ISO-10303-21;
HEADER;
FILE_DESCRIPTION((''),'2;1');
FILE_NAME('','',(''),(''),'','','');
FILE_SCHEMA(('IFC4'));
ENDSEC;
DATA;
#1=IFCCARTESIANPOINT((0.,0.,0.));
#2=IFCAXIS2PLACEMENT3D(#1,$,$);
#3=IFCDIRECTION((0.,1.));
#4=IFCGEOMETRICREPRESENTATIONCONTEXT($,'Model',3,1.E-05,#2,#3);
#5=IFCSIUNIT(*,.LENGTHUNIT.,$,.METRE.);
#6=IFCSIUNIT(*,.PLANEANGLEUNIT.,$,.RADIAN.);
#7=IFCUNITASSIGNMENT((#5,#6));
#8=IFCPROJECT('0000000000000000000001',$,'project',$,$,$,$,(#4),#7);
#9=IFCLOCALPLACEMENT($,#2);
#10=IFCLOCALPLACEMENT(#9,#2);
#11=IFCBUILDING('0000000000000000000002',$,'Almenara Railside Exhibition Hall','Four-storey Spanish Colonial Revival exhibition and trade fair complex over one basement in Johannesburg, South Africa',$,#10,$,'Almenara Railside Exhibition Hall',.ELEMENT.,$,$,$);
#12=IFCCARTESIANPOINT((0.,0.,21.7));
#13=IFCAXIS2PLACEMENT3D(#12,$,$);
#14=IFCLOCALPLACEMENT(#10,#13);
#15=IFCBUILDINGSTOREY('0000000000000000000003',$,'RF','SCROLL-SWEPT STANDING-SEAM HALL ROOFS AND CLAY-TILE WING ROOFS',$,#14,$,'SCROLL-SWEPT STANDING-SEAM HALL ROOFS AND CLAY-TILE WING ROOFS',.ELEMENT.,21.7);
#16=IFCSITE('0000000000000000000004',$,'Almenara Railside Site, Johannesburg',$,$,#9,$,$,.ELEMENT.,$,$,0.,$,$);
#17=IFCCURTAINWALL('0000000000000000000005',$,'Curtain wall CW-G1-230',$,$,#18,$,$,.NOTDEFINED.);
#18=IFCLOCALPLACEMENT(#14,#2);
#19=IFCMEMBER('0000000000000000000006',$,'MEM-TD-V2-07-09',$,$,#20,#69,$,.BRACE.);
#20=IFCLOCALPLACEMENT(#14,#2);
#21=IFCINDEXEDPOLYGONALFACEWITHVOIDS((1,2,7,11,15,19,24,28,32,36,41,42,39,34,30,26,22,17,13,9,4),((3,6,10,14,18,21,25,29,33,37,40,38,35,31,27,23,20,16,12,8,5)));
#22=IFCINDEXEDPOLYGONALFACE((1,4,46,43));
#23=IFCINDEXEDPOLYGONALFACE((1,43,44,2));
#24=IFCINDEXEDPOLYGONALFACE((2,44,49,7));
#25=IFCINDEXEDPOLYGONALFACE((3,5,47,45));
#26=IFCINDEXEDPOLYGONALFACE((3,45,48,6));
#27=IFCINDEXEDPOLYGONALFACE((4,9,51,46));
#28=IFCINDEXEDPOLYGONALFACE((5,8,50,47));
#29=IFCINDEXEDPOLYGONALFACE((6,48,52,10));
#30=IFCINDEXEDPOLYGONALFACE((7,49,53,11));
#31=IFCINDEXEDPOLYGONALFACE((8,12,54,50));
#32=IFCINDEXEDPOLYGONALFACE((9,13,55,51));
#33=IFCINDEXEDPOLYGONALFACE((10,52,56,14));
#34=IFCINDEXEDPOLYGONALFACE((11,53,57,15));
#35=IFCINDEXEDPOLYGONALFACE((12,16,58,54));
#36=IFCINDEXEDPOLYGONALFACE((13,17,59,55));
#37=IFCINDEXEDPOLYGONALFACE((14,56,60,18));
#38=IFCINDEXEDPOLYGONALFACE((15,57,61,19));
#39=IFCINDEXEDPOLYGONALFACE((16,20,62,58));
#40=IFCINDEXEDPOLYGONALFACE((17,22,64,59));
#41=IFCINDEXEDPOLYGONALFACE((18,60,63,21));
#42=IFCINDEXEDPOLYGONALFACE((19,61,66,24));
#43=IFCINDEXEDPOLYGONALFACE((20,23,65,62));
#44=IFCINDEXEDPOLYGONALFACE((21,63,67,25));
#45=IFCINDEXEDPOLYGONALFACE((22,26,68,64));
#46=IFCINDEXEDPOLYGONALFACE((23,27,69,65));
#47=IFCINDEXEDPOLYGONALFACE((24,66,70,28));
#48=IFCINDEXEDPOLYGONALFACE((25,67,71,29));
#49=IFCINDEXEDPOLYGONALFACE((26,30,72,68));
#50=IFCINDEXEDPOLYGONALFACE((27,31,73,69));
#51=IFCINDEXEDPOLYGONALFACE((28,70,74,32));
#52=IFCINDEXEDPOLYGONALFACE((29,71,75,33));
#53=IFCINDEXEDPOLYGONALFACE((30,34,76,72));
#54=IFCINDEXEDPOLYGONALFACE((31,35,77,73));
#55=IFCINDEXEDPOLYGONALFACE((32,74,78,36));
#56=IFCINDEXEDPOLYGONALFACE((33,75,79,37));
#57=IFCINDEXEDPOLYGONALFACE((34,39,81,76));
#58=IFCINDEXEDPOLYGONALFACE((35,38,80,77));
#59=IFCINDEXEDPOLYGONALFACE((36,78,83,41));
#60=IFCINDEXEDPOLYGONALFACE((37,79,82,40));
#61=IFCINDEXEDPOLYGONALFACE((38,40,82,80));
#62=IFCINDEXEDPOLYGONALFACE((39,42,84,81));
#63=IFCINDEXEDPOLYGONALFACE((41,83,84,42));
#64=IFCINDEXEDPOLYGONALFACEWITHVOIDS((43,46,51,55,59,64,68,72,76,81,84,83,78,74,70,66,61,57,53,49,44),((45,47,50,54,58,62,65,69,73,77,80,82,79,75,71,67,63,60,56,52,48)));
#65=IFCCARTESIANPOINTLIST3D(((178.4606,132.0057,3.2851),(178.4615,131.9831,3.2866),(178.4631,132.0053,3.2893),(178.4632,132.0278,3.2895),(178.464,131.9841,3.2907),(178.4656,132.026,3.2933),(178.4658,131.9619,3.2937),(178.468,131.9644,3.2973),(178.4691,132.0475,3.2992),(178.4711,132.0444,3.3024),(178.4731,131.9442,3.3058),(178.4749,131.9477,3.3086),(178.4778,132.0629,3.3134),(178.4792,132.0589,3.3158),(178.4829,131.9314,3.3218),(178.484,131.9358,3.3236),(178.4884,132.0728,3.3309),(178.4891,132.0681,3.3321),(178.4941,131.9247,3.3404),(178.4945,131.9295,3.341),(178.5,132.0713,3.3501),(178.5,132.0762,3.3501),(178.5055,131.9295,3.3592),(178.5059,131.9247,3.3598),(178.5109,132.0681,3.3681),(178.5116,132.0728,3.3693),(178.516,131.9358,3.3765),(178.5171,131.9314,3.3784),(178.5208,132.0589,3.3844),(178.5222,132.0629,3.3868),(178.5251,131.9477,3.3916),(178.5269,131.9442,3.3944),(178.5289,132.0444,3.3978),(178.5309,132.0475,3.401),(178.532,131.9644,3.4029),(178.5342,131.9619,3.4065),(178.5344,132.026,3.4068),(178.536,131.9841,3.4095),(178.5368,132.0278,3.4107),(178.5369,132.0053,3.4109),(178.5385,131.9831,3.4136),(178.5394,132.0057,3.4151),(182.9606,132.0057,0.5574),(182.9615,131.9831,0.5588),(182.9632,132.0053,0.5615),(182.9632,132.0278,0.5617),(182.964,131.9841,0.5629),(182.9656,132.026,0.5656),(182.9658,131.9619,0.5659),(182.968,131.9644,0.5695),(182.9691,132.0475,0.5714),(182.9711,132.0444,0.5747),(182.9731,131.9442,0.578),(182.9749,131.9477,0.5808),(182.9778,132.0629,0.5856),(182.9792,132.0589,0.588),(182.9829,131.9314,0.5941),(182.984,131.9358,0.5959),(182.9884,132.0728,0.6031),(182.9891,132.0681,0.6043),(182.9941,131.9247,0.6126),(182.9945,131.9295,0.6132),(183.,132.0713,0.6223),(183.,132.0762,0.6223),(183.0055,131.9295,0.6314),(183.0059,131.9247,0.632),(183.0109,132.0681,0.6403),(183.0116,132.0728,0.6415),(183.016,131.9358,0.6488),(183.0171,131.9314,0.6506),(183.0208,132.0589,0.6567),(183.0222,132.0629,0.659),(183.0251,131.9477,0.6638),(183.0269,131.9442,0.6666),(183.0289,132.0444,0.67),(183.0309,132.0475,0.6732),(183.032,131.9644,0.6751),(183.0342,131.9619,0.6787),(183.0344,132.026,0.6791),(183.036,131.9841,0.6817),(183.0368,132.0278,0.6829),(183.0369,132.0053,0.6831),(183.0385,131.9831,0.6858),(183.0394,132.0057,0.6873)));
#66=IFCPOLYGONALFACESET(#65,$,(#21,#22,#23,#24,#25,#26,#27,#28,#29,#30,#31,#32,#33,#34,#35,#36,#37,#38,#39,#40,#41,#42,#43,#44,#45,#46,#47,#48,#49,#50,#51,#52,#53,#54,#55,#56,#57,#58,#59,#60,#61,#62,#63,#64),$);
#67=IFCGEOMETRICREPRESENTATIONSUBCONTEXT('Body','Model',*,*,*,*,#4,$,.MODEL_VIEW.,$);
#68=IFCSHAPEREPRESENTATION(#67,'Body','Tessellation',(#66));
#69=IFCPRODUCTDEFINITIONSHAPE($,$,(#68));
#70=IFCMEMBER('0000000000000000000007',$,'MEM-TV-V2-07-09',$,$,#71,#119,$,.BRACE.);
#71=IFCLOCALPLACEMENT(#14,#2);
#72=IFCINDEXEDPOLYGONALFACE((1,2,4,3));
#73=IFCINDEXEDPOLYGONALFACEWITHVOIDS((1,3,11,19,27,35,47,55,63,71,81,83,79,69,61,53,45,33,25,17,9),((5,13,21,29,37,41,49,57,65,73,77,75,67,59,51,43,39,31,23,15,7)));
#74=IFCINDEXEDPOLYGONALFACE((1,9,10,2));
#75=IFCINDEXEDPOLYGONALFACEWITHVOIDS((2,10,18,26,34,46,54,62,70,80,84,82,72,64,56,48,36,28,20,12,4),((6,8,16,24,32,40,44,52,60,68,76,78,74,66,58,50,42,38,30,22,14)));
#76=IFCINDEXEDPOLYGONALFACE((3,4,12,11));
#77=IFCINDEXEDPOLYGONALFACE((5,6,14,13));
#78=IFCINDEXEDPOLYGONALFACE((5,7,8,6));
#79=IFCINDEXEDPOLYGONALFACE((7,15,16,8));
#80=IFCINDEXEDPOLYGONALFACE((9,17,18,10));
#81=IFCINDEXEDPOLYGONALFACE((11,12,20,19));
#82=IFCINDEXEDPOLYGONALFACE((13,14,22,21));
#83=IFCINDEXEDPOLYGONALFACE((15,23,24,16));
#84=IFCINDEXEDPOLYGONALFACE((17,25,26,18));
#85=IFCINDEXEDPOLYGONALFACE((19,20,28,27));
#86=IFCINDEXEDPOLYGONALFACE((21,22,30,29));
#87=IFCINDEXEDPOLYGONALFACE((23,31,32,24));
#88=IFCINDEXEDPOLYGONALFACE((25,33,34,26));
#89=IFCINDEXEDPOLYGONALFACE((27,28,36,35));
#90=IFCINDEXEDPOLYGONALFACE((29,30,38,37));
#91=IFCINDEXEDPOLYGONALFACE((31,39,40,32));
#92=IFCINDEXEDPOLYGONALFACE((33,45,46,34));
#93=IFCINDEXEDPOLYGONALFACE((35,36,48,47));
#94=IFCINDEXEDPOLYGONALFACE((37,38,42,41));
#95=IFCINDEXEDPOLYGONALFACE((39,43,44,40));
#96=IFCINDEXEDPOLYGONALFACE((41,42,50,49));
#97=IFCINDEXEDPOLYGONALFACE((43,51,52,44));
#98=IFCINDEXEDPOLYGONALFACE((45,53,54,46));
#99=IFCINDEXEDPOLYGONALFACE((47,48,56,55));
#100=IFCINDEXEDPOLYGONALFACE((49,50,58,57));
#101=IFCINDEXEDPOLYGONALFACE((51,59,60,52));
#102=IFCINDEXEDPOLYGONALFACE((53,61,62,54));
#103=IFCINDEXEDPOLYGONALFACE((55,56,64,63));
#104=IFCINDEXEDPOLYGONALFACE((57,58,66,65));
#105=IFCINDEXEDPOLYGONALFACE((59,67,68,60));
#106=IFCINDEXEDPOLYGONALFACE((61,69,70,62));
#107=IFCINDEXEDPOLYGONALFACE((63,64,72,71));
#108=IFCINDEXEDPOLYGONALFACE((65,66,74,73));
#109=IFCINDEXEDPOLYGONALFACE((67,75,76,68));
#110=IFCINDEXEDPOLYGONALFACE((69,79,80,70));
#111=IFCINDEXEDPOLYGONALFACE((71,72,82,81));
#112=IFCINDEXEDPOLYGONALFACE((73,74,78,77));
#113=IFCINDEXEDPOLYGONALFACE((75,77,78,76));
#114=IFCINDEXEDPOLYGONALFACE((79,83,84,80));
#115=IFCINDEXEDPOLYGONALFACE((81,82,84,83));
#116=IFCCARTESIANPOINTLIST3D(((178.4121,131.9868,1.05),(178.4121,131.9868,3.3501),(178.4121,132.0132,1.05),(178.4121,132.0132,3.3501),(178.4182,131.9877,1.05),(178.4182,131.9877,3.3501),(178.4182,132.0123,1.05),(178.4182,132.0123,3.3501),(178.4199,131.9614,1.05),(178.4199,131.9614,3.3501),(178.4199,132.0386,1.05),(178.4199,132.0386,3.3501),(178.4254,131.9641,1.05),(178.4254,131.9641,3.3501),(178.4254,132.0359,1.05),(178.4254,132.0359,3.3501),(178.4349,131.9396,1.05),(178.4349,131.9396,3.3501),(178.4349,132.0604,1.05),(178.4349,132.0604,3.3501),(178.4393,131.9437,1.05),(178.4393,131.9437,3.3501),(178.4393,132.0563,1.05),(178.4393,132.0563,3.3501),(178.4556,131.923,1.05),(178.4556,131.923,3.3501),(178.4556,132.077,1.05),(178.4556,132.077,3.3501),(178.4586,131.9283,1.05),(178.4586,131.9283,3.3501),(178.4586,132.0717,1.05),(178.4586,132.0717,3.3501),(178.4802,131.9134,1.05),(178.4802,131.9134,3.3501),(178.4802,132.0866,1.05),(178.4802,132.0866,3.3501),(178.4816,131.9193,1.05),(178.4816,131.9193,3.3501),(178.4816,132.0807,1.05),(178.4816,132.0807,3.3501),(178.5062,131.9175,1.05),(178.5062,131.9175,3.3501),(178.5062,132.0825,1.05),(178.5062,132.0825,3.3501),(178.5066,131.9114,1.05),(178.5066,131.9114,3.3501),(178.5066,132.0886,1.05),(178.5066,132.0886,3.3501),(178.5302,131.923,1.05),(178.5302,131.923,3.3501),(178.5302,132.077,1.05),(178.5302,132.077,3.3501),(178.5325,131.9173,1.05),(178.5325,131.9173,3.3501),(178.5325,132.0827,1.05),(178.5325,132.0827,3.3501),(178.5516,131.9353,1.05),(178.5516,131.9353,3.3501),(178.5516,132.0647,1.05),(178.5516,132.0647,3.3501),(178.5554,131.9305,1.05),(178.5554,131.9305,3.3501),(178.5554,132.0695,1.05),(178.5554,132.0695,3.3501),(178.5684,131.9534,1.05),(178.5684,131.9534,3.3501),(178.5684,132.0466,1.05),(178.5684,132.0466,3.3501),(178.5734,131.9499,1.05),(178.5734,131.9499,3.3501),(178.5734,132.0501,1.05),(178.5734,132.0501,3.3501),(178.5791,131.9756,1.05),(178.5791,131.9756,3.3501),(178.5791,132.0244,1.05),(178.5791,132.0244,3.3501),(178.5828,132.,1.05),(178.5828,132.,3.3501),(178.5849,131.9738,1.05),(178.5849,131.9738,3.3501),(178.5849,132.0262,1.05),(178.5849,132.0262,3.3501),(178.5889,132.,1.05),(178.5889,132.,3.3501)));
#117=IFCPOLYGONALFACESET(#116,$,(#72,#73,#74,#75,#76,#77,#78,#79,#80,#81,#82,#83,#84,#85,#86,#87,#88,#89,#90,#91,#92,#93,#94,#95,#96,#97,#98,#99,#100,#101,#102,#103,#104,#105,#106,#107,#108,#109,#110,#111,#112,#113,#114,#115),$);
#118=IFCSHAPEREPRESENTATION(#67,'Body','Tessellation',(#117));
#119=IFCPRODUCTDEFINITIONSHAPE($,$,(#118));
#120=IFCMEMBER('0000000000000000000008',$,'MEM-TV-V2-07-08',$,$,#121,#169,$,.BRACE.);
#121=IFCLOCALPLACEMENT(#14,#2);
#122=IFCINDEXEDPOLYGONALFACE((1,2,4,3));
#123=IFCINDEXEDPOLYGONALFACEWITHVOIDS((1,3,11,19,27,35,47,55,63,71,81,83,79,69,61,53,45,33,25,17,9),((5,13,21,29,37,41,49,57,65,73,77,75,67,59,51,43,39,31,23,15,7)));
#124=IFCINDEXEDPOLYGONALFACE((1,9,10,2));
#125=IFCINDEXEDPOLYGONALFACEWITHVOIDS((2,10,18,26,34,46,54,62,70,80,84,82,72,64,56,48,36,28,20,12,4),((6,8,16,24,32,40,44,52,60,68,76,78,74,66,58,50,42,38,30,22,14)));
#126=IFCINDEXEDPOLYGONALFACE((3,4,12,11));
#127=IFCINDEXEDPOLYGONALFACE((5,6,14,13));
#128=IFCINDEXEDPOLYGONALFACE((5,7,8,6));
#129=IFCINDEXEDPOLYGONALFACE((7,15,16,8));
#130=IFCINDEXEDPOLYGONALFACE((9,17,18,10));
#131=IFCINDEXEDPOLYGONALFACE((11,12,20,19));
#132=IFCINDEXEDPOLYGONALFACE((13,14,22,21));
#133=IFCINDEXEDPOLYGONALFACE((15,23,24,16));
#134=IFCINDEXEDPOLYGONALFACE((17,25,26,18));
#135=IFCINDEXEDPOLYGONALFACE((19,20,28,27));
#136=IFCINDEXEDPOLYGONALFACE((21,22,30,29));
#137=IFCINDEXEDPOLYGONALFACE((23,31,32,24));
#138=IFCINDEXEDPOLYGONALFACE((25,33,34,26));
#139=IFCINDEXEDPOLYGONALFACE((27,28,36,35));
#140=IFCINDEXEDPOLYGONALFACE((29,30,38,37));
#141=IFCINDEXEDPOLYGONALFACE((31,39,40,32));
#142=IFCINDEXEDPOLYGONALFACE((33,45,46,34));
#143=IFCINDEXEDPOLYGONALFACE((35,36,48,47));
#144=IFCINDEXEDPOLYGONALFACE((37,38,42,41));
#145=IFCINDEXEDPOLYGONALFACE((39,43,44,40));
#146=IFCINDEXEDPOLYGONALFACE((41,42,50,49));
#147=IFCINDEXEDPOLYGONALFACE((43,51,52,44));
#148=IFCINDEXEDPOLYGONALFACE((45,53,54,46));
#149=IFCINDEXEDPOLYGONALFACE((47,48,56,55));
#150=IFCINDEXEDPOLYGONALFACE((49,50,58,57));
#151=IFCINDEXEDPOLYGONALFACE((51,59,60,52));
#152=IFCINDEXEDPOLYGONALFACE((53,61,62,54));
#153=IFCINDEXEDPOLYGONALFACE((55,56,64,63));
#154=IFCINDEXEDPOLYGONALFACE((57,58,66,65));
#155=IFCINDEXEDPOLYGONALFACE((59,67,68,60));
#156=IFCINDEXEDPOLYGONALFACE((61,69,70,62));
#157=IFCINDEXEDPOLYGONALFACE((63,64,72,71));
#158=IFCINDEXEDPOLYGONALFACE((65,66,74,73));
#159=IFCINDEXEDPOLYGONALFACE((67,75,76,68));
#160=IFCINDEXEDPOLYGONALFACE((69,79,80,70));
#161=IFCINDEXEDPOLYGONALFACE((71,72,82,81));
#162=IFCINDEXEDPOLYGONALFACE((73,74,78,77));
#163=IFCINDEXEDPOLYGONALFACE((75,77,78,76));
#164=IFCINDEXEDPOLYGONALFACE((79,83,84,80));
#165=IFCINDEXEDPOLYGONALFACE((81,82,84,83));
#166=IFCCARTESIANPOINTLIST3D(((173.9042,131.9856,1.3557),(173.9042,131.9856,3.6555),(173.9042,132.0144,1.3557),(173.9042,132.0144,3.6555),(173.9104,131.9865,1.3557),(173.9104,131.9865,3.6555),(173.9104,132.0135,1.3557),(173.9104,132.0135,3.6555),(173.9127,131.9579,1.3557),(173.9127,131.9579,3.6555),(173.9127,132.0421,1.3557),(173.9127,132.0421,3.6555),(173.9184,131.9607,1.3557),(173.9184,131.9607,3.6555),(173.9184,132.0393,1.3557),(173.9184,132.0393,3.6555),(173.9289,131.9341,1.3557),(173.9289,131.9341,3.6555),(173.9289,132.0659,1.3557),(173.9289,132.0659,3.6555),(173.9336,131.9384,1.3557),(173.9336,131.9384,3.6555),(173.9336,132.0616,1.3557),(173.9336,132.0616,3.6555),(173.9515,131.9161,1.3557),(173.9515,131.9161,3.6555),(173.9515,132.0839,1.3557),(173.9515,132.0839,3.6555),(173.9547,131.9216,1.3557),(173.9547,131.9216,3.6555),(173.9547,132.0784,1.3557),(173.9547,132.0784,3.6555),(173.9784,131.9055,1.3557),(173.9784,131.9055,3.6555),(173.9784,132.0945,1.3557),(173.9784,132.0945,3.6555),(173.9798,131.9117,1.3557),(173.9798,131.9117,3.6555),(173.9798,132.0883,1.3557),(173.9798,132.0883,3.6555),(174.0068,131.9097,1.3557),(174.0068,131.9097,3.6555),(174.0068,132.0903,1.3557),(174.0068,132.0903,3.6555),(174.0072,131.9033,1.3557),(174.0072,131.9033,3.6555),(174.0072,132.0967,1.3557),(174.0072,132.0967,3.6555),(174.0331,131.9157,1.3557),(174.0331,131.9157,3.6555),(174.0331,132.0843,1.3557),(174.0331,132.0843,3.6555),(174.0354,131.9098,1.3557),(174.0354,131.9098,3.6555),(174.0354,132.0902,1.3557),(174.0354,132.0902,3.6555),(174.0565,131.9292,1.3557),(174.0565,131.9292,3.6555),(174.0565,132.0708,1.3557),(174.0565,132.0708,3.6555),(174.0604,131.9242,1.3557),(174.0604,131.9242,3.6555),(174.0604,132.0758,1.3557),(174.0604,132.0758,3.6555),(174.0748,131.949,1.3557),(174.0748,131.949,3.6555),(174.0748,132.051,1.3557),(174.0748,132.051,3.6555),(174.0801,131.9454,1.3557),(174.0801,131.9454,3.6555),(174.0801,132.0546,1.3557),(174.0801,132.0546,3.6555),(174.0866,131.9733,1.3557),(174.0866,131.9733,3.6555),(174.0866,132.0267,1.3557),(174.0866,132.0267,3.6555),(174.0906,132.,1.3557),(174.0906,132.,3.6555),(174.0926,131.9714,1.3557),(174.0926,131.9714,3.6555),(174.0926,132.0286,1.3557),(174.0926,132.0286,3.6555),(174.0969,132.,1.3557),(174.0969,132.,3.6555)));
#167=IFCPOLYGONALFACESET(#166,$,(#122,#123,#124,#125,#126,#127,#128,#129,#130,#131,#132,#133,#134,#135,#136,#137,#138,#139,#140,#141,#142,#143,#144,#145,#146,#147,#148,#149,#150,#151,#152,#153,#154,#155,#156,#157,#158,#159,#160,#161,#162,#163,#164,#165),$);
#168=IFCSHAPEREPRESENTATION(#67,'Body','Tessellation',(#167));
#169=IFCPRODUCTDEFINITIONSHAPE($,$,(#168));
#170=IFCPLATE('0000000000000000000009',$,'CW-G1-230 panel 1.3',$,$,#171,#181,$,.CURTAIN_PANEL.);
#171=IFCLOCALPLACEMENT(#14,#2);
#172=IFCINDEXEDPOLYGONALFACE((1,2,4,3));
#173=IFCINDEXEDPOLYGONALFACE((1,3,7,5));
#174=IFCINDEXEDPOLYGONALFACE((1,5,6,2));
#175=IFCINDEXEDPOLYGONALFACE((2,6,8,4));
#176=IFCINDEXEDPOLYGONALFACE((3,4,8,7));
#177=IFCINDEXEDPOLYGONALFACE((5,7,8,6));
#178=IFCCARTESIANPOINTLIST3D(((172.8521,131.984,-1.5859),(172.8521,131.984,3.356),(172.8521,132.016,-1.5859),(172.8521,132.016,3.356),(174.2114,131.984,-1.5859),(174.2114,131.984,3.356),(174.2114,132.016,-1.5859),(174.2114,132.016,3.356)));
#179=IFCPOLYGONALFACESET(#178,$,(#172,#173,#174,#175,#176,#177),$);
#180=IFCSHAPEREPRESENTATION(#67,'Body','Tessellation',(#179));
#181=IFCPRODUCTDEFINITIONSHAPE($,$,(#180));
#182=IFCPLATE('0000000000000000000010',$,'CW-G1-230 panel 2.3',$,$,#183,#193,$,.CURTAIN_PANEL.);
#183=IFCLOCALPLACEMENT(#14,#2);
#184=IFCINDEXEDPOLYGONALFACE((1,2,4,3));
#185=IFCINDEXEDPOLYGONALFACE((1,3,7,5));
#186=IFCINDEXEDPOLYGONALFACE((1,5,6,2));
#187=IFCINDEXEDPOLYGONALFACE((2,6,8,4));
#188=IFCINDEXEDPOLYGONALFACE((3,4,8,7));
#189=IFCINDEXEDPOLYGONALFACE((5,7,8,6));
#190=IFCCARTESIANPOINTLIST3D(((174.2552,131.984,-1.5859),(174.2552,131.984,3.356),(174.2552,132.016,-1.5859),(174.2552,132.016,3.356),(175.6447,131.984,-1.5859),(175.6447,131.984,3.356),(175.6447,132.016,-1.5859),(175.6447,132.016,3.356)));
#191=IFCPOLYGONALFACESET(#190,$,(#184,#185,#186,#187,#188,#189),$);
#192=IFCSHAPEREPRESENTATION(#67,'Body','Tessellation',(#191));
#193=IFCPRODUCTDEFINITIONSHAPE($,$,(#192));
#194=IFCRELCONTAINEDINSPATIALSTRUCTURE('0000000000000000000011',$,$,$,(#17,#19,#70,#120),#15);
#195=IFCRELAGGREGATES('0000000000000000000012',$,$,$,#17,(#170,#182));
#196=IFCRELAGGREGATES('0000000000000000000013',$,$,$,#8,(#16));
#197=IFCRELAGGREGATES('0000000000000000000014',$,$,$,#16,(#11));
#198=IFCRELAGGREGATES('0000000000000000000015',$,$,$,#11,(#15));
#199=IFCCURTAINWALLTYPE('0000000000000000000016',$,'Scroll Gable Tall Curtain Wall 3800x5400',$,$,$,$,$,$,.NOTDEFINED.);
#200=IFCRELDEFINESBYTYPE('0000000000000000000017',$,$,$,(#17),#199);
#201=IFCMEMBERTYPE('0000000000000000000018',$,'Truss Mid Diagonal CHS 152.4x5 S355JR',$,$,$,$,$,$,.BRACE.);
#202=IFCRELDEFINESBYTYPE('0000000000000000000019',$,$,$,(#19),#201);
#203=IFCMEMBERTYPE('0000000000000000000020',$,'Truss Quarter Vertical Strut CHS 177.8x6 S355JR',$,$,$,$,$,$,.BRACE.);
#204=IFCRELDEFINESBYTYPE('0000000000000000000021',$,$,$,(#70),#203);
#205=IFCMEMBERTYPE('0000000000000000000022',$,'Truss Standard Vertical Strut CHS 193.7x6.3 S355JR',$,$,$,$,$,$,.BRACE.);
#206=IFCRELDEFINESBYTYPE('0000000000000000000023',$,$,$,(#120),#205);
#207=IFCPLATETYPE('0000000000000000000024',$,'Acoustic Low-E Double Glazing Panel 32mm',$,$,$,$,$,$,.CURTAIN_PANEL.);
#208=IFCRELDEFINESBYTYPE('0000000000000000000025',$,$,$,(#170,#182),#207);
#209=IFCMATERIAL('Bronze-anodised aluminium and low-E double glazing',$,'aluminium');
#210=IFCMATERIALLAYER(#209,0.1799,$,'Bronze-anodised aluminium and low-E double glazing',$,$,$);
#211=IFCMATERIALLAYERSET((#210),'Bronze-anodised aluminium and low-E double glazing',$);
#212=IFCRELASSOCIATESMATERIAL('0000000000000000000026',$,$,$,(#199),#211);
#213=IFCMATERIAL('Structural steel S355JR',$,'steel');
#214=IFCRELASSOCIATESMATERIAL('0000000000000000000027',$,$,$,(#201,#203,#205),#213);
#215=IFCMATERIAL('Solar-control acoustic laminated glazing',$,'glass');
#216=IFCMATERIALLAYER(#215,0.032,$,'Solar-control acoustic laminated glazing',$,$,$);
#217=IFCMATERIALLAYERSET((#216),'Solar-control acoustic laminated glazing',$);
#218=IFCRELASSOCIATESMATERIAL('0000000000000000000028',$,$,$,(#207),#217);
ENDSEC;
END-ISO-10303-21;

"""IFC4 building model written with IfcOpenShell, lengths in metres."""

from ifc_helpers import new_model, si_unit, direction, frame, origin, origin_2d, place, context, subcontext, project, spatial, rectangle, hollow_circle, extrude, material, layer, layer_set, material_profile, profile_set, type_object, element, aggregate, save


model = new_model("IFC4")

# Units and contexts
model_context = context("Model", 3, precision=1e-05, world=origin(), true_north=direction((0.0, 1.0)))
body_context = subcontext(model_context, "Body", "Model", "MODEL_VIEW")
ifc_project = project(units=[si_unit("LENGTHUNIT", "METRE"), si_unit("PLANEANGLEUNIT", "RADIAN")], contexts=[model_context])

# Site, building, storey
site_placement = place(None, origin())
site = spatial("IfcSite", under=ifc_project, at=site_placement, Name="Almenara Railside Site, Johannesburg", CompositionType="ELEMENT", RefElevation=0.0)
building_placement = place(site_placement, origin())
building = spatial("IfcBuilding", under=site, at=building_placement, Name="Almenara Railside Exhibition Hall", Description="Four-storey Spanish Colonial Revival exhibition and trade fair complex over one basement in Johannesburg, South Africa", LongName="Almenara Railside Exhibition Hall", CompositionType="ELEMENT")
storey_placement = place(building_placement, frame((0.0, 0.0, 21.7)))
storey = spatial("IfcBuildingStorey", under=building, at=storey_placement, Name="RF", Description="SCROLL-SWEPT STANDING-SEAM HALL ROOFS AND CLAY-TILE WING ROOFS", LongName="SCROLL-SWEPT STANDING-SEAM HALL ROOFS AND CLAY-TILE WING ROOFS", CompositionType="ELEMENT", Elevation=21.7)

# Shared definitions
ifc_material_1 = material(Name="Structural steel S355JR", Category="steel")

# Shared definitions
ifc_material_2 = material(Name="Bronze-anodised aluminium and low-E double glazing", Category="aluminium")
ifc_layer_1 = layer(ifc_material_2, 0.1799, Name="Bronze-anodised aluminium and low-E double glazing")
ifc_layer_set_1 = layer_set([ifc_layer_1], Name="Bronze-anodised aluminium and low-E double glazing")
curtain_wall_type = type_object("IfcCurtainWallType", Name="Scroll Gable Tall Curtain Wall 3800x5400", PredefinedType="NOTDEFINED", material=ifc_layer_set_1)

# Curtain wall
curtain_wall_1_placement = place(storey_placement, origin())
curtain_wall_1 = element("IfcCurtainWall", 1, at=curtain_wall_1_placement, inside=storey, type_object=curtain_wall_type, Name="Curtain wall CW-G1-230", PredefinedType="NOTDEFINED")

# Members
ifc_material_profile_1 = material_profile(ifc_material_1, hollow_circle(Radius=0.0762, WallThickness=0.0049, at=origin_2d()), Name="CHS 152.4x5")
ifc_profile_set_1 = profile_set([ifc_material_profile_1], Name="Structural steel S355JR")
member_type_1 = type_object("IfcMemberType", Name="Truss Mid Diagonal CHS 152.4x5 S355JR", PredefinedType="BRACE", material=ifc_profile_set_1)
member_1_placement = place(storey_placement, frame((178.5, 132.0, 3.3501), z_axis=(0.855155, 0.0, -0.518373), x_axis=(0.0, 1.0, 0.0)))
element("IfcMember", 2, at=member_1_placement, inside=storey, type_object=member_type_1, Name="MEM-TD-V2-07-09", PredefinedType="BRACE", context=body_context, shape_type="SweptSolid", body=[
    extrude(hollow_circle(Radius=0.0762, WallThickness=0.0049, at=origin_2d()), origin(), (0.0, 0.0, 1.0), 5.2622),
])
ifc_material_profile_2 = material_profile(ifc_material_1, hollow_circle(Radius=0.0889, WallThickness=0.0061, at=origin_2d()), Name="CHS 177.8x6")
ifc_profile_set_2 = profile_set([ifc_material_profile_2], Name="Structural steel S355JR")
member_type_2 = type_object("IfcMemberType", Name="Truss Quarter Vertical Strut CHS 177.8x6 S355JR", PredefinedType="BRACE", material=ifc_profile_set_2)
member_2_placement = place(storey_placement, frame((178.5, 132.0, 1.05), z_axis=(0.0, 0.0, 1.0), x_axis=(1.0, 0.0, 0.0)))
element("IfcMember", 3, at=member_2_placement, inside=storey, type_object=member_type_2, Name="MEM-TV-V2-07-09", PredefinedType="BRACE", context=body_context, shape_type="SweptSolid", body=[
    extrude(hollow_circle(Radius=0.0889, WallThickness=0.0061, at=origin_2d()), origin(), (0.0, 0.0, 1.0), 2.3),
])
ifc_material_profile_3 = material_profile(ifc_material_1, hollow_circle(Radius=0.0969, WallThickness=0.0063, at=origin_2d()), Name="CHS 193.7x6.3")
ifc_profile_set_3 = profile_set([ifc_material_profile_3], Name="Structural steel S355JR")
member_type_3 = type_object("IfcMemberType", Name="Truss Standard Vertical Strut CHS 193.7x6.3 S355JR", PredefinedType="BRACE", material=ifc_profile_set_3)
member_3_placement = place(storey_placement, frame((174.0, 132.0, 1.3557), z_axis=(0.0, 0.0, 1.0), x_axis=(1.0, 0.0, 0.0)))
element("IfcMember", 4, at=member_3_placement, inside=storey, type_object=member_type_3, Name="MEM-TV-V2-07-08", PredefinedType="BRACE", context=body_context, shape_type="SweptSolid", body=[
    extrude(hollow_circle(Radius=0.0969, WallThickness=0.0063, at=origin_2d()), origin(), (0.0, 0.0, 1.0), 2.2998),
])

# Plates
ifc_material_3 = material(Name="Solar-control acoustic laminated glazing", Category="glass")
ifc_layer_2 = layer(ifc_material_3, 0.032, Name="Solar-control acoustic laminated glazing")
ifc_layer_set_2 = layer_set([ifc_layer_2], Name="Solar-control acoustic laminated glazing")
plate_type_1 = type_object("IfcPlateType", Name="Acoustic Low-E Double Glazing Panel 32mm", PredefinedType="CURTAIN_PANEL", material=ifc_layer_set_2)
plate_1_placement = place(storey_placement, frame((173.5317, 132.0, -1.5859), z_axis=(0.0, 0.0, 1.0), x_axis=(1.0, 0.0, 0.0)))
plate_1 = element("IfcPlate", 5, at=plate_1_placement, type_object=plate_type_1, Name="CW-G1-230 panel 1.3", PredefinedType="CURTAIN_PANEL", context=body_context, shape_type="SweptSolid", body=[
    extrude(rectangle(XDim=1.3594, YDim=0.032, at=origin_2d()), origin(), (0.0, 0.0, 1.0), 4.9419),
])
plate_2_placement = place(storey_placement, frame((174.95, 132.0, -1.5859), z_axis=(0.0, 0.0, 1.0), x_axis=(1.0, 0.0, 0.0)))
plate_2 = element("IfcPlate", 6, at=plate_2_placement, type_object=plate_type_1, Name="CW-G1-230 panel 2.3", PredefinedType="CURTAIN_PANEL", context=body_context, shape_type="SweptSolid", body=[
    extrude(rectangle(XDim=1.3894, YDim=0.032, at=origin_2d()), origin(), (0.0, 0.0, 1.0), 4.9419),
])
aggregate(curtain_wall_1, [plate_1, plate_2])

save(model, "model.ifc")
